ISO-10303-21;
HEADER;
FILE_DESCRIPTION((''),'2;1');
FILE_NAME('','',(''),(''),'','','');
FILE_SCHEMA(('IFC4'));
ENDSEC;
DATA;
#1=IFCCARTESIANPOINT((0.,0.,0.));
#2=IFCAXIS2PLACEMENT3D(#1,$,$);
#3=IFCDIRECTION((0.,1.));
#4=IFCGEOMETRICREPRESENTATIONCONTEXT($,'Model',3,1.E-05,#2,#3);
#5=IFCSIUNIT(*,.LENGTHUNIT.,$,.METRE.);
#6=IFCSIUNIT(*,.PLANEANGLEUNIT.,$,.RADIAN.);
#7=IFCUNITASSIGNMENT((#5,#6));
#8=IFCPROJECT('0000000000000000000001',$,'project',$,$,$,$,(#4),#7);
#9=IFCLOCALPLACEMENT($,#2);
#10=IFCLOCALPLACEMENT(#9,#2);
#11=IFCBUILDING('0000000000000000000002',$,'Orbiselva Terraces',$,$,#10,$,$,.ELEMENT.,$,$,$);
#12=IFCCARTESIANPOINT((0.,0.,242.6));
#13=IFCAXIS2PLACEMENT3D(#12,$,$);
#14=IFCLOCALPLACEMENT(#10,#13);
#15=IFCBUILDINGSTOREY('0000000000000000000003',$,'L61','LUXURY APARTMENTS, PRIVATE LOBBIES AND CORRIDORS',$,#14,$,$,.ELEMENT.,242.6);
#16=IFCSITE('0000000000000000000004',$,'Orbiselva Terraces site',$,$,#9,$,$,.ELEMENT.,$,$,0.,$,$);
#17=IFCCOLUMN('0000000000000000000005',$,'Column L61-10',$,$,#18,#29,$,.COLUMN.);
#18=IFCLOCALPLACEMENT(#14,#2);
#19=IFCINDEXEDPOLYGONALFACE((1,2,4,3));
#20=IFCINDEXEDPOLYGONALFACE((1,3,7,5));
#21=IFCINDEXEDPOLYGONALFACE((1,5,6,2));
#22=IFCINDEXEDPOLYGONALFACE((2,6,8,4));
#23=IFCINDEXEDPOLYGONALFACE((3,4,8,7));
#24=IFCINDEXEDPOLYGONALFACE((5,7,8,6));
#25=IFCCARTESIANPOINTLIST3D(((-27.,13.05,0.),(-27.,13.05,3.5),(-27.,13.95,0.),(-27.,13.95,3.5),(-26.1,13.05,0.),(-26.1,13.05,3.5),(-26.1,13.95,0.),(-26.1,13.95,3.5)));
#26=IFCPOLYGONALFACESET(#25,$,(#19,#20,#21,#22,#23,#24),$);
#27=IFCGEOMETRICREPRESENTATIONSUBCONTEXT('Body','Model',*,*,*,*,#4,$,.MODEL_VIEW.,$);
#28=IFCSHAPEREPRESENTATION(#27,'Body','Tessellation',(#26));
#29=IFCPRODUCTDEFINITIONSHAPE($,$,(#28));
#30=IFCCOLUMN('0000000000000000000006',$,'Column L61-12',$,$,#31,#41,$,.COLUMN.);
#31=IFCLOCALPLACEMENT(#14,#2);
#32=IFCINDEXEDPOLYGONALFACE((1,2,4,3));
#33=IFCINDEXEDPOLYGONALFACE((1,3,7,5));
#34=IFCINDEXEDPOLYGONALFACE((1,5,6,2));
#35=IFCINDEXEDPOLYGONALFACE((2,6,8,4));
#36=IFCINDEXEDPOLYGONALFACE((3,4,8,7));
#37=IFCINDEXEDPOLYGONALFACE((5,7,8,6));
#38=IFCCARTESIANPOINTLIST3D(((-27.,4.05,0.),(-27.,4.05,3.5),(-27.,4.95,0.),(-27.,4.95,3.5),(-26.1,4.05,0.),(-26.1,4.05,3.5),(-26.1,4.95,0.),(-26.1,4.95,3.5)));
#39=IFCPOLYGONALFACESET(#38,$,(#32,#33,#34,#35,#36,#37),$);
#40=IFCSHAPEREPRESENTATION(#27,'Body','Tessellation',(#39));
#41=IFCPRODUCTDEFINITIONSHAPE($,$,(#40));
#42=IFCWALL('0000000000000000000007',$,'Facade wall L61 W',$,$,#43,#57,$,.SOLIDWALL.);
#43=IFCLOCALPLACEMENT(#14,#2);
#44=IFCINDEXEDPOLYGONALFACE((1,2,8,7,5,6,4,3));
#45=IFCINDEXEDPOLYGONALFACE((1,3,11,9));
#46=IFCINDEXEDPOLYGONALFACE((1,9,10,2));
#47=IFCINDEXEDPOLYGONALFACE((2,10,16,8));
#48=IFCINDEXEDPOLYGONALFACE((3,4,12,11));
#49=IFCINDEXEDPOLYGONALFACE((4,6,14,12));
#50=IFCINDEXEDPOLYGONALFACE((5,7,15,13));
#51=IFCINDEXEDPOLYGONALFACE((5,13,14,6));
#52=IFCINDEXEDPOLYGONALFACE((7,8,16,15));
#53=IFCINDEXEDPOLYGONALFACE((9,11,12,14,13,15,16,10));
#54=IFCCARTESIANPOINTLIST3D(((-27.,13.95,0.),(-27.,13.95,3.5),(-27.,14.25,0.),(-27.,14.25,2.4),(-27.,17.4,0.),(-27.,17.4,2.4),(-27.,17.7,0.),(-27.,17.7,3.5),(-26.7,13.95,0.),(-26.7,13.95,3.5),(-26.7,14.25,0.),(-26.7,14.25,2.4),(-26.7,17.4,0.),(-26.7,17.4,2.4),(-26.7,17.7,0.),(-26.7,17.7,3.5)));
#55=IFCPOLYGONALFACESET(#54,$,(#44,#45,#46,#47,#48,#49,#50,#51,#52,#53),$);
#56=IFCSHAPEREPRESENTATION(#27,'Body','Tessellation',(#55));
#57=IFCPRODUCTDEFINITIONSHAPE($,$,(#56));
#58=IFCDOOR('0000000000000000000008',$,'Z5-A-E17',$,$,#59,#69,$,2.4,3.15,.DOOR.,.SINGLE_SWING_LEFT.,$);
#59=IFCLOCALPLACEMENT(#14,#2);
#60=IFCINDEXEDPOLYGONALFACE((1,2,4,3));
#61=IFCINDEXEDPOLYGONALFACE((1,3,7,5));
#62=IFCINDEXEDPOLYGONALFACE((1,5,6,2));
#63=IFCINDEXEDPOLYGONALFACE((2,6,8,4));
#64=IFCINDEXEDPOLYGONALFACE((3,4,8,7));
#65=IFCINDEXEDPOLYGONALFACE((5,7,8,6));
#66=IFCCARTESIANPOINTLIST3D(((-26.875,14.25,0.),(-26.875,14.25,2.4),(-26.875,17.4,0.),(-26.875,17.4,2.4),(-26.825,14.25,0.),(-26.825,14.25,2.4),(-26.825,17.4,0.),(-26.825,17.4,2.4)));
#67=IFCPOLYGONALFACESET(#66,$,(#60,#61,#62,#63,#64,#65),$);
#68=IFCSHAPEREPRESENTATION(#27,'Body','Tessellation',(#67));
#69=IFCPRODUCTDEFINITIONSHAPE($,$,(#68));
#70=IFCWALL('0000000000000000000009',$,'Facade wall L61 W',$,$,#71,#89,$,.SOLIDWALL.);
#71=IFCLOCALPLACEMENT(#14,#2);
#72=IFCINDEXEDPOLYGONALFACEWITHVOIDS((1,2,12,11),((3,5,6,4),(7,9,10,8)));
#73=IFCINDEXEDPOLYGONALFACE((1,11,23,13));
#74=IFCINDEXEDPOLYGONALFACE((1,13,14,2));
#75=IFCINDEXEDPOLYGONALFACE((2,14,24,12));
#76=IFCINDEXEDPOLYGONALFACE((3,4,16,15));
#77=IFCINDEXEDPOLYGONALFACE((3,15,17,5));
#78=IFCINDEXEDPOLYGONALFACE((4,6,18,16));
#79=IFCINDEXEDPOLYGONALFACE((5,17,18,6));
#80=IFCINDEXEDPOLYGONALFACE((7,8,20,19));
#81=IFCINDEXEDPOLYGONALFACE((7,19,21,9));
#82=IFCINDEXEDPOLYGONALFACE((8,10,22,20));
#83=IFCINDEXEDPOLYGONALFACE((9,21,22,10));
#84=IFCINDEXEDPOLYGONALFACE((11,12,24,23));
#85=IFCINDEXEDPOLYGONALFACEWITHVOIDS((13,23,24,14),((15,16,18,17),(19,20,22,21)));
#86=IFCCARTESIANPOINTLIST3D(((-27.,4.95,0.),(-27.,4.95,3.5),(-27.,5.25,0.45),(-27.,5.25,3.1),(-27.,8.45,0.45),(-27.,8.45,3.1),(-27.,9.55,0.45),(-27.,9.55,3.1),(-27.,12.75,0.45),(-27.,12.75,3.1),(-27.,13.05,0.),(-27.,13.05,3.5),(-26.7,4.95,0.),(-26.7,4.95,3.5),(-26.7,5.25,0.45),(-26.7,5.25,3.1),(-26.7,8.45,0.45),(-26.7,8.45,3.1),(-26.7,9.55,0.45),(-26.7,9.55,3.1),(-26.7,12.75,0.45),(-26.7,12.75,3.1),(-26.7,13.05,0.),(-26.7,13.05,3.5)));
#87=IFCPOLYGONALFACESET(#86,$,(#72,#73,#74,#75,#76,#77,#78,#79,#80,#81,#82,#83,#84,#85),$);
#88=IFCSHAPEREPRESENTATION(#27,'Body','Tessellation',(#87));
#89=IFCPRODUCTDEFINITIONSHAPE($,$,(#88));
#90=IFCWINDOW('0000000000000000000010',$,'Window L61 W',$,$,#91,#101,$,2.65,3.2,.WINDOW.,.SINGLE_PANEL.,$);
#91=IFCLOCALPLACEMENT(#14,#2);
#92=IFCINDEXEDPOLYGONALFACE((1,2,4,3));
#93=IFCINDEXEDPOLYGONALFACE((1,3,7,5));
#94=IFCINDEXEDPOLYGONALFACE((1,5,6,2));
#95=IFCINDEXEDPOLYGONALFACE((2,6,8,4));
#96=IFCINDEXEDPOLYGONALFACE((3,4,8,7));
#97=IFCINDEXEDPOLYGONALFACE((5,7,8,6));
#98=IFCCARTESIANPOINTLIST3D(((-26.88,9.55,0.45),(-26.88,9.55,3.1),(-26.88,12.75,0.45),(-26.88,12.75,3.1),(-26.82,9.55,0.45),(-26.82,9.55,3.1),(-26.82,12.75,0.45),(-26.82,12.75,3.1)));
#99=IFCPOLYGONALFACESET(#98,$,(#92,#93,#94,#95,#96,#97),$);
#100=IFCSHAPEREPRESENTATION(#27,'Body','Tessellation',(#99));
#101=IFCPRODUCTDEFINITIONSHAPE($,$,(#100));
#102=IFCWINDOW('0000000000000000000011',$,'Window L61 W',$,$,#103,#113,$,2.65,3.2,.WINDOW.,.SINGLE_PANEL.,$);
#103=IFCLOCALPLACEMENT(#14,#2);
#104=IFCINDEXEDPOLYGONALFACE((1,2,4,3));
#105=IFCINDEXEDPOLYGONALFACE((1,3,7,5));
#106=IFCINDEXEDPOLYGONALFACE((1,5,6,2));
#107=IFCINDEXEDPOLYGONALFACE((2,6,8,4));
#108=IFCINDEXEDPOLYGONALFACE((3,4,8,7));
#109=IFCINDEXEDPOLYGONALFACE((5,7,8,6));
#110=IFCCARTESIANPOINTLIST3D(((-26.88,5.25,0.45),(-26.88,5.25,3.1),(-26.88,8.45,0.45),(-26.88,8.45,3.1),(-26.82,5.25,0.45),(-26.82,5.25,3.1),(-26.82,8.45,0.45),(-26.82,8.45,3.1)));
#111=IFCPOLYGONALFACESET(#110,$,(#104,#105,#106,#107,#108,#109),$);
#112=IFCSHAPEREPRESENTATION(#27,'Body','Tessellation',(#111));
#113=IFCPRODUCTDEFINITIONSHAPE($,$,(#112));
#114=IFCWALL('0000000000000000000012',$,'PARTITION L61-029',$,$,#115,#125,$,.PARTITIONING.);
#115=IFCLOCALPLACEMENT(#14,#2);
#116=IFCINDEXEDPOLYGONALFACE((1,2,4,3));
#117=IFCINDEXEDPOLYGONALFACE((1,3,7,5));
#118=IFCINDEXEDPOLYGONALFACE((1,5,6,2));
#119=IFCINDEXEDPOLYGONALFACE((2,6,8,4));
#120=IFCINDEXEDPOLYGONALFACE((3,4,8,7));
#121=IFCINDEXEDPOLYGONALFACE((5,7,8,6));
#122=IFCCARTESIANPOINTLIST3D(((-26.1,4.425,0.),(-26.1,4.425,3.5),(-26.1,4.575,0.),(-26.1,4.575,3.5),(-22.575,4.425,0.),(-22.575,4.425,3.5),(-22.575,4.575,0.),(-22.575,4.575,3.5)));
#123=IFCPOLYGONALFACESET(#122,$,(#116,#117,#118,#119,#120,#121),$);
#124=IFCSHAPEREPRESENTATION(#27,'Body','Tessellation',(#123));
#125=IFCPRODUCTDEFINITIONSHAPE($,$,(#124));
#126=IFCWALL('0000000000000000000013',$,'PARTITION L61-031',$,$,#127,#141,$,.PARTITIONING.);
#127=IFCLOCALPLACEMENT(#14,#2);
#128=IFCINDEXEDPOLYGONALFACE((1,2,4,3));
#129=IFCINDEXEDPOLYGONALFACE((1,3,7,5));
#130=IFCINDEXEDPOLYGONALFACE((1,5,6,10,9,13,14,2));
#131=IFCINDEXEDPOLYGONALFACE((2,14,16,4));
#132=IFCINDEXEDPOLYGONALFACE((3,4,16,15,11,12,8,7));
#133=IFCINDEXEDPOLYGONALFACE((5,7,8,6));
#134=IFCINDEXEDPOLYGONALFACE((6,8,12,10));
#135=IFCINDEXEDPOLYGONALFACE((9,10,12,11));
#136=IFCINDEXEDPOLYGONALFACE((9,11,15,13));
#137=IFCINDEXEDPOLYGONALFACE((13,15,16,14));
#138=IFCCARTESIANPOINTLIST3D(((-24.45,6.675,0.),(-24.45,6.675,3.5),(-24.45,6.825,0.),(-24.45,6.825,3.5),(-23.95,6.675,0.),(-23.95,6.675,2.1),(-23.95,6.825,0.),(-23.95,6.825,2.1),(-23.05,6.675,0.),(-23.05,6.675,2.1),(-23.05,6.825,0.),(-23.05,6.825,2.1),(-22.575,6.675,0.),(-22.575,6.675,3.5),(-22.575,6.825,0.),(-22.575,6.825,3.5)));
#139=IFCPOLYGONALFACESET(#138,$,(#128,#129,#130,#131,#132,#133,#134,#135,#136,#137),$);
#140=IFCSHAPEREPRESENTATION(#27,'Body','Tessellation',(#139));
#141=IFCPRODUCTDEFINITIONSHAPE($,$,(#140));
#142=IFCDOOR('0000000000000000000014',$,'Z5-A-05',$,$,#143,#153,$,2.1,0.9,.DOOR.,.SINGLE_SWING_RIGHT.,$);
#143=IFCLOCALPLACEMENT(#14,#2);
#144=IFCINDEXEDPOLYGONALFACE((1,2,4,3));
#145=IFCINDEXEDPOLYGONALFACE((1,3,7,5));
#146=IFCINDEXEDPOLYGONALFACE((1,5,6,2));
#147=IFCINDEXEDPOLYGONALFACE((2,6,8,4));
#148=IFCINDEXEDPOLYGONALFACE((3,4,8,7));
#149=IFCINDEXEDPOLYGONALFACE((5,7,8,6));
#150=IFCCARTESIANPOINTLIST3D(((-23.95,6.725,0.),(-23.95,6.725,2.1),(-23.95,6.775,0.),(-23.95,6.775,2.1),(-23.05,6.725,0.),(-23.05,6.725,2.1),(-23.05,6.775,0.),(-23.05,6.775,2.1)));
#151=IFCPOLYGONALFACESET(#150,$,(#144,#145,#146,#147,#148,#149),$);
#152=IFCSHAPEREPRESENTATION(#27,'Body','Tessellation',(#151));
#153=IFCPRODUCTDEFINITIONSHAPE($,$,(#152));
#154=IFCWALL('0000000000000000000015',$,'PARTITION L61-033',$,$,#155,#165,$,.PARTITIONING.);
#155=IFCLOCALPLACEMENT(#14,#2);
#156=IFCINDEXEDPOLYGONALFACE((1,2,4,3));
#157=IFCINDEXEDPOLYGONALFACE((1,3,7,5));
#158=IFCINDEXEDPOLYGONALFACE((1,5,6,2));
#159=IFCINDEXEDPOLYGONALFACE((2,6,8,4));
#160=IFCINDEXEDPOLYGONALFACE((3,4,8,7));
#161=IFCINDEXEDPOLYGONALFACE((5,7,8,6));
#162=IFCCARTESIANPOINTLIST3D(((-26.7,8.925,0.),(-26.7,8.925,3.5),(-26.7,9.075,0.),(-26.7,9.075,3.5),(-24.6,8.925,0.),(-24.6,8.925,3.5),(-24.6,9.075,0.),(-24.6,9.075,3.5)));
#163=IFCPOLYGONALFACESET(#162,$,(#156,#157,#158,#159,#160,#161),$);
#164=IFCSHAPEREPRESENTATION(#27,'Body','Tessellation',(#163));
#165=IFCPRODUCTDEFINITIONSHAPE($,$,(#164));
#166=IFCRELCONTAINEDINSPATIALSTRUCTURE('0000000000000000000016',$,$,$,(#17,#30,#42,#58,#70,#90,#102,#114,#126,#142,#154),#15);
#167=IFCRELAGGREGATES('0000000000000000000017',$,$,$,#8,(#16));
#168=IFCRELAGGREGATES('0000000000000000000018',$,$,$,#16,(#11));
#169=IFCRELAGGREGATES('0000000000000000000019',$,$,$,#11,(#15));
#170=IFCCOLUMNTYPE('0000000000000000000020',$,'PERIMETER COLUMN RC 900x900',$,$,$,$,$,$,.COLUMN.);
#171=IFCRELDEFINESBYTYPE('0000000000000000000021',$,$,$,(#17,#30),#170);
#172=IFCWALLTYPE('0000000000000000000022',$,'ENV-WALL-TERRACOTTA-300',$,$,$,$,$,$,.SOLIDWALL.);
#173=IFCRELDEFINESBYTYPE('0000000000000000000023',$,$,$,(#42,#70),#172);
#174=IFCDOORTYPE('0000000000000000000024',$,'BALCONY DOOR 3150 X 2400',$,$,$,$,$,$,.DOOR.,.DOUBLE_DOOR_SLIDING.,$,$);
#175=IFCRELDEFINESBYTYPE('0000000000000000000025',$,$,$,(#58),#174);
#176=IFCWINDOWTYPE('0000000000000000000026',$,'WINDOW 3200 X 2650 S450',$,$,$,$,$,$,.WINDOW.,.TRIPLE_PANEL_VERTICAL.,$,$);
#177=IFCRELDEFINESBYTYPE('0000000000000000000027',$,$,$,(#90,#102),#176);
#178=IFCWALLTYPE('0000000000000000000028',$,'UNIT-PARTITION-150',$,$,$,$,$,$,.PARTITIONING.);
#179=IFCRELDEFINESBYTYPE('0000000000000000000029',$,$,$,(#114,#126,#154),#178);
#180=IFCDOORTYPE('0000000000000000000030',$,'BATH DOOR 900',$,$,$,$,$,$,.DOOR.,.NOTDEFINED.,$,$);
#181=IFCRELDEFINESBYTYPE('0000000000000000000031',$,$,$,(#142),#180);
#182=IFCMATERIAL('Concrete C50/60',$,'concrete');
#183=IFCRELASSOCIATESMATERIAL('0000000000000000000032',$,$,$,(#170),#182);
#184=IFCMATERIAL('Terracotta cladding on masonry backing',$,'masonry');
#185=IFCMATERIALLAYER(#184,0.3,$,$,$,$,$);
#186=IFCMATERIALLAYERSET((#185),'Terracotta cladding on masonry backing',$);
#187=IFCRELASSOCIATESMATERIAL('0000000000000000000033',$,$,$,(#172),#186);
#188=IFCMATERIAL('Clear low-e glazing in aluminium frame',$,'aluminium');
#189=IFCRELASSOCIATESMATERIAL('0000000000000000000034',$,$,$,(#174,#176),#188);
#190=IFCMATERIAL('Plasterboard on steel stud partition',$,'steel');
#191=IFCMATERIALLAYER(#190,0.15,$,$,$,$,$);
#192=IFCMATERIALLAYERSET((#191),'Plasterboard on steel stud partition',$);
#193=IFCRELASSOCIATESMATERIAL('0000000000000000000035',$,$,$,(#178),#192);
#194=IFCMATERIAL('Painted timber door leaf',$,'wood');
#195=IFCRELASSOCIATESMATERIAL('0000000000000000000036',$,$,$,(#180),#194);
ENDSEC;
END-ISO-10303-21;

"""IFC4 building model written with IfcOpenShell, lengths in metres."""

from ifc_helpers import new_model, si_unit, direction, frame, frame_2d, origin, origin_2d, place, context, subcontext, project, spatial, rectangle, extrude, material, layer, layer_set, material_profile, profile_set, type_object, element, fill, save


model = new_model("IFC4")

# Units and contexts
model_context = context("Model", 3, precision=1e-05, world=origin(), true_north=direction((0.0, 1.0)))
body_context = subcontext(model_context, "Body", "Model", "MODEL_VIEW")
ifc_project = project(units=[si_unit("LENGTHUNIT", "METRE"), si_unit("PLANEANGLEUNIT", "RADIAN")], contexts=[model_context])

# Site, building, storey
site_placement = place(None, origin())
site = spatial("IfcSite", under=ifc_project, at=site_placement, Name="Orbiselva Terraces site", CompositionType="ELEMENT", RefElevation=0.0)
building_placement = place(site_placement, origin())
building = spatial("IfcBuilding", under=site, at=building_placement, Name="Orbiselva Terraces", CompositionType="ELEMENT")
storey_placement = place(building_placement, frame((0.0, 0.0, 242.6)))
storey = spatial("IfcBuildingStorey", under=building, at=storey_placement, Name="L61", Description="LUXURY APARTMENTS, PRIVATE LOBBIES AND CORRIDORS", CompositionType="ELEMENT", Elevation=242.6)

# Columns
ifc_material_1 = material(Name="Concrete C50/60", Category="concrete")
ifc_material_profile = material_profile(ifc_material_1, rectangle(XDim=0.9, YDim=0.9, at=origin_2d()), Name="RC 900x900")
ifc_profile_set = profile_set([ifc_material_profile], Name="Concrete C50/60")
column_type = type_object("IfcColumnType", Name="PERIMETER COLUMN RC 900x900", PredefinedType="COLUMN", material=ifc_profile_set)
for number, where, z_axis, x_axis, name in (
    (1, (-26.55, 13.5, 0.0), (0.0, 0.0, 1.0), (1.0, 0.0, 0.0), "Column L61-10"),
    (2, (-26.55, 4.5, 0.0), (0.0, 0.0, 1.0), (1.0, 0.0, 0.0), "Column L61-12"),
):
    element("IfcColumn", number, at=place(storey_placement, frame(where, z_axis=z_axis, x_axis=x_axis)), inside=storey, type_object=column_type, Name=name, PredefinedType="COLUMN", context=body_context, shape_type="SweptSolid", body=[
        extrude(rectangle(XDim=0.9, YDim=0.9, at=origin_2d()), origin(), (0.0, 0.0, 1.0), 3.5),
    ])

# Wall, opening, door
ifc_material_2 = material(Name="Terracotta cladding on masonry backing", Category="masonry")
ifc_layer_1 = layer(ifc_material_2, 0.3)
ifc_layer_set_1 = layer_set([ifc_layer_1], Name="Terracotta cladding on masonry backing")
wall_type_1 = type_object("IfcWallType", Name="ENV-WALL-TERRACOTTA-300", PredefinedType="SOLIDWALL", material=ifc_layer_set_1)
wall_1_placement = place(storey_placement, frame((-26.85, 13.95, 0.0), z_axis=(0.0, 0.0, 1.0), x_axis=(0.0, 1.0, 0.0)))
wall_1 = element("IfcWall", 3, at=wall_1_placement, inside=storey, type_object=wall_type_1, Name="Facade wall L61 W", PredefinedType="SOLIDWALL", context=body_context, shape_type="SweptSolid", body=[
    extrude(rectangle(XDim=3.75, YDim=0.3, at=frame_2d((1.875, 0.0))), origin(), (0.0, 0.0, 1.0), 3.5),
])
opening_1_placement = place(wall_1_placement, frame((0.3, 0.0, 0.0)))
opening_1 = element("IfcOpeningElement", 4, at=opening_1_placement, cuts=wall_1, PredefinedType="OPENING", context=body_context, shape_type="SweptSolid", body=[
    extrude(rectangle(XDim=3.15, YDim=2.4, at=frame_2d((1.575, 1.2))), frame((0.0, 0.16, 0.0), z_axis=(0.0, -1.0, 0.0), x_axis=(1.0, 0.0, 0.0)), (0.0, 0.0, 1.0), 0.32),
])
ifc_material_3 = material(Name="Clear low-e glazing in aluminium frame", Category="aluminium")
door_type_1 = type_object("IfcDoorType", Name="BALCONY DOOR 3150 X 2400", OperationType="DOUBLE_DOOR_SLIDING", PredefinedType="DOOR", material=ifc_material_3)
door_1_placement = place(opening_1_placement, origin())
door_1 = element("IfcDoor", 5, at=door_1_placement, inside=storey, type_object=door_type_1, Name="Z5-A-E17", OperationType="SINGLE_SWING_LEFT", OverallHeight=2.4, OverallWidth=3.15, PredefinedType="DOOR", context=body_context, shape_type="SweptSolid", body=[
    extrude(rectangle(XDim=3.15, YDim=2.4, at=frame_2d((1.575, 1.2))), frame((0.0, 0.025, 0.0), z_axis=(0.0, -1.0, 0.0), x_axis=(1.0, 0.0, 0.0)), (0.0, 0.0, 1.0), 0.05),
])
fill(opening_1, door_1)

# Wall, openings, windows
wall_2_placement = place(storey_placement, frame((-26.85, 4.95, 0.0), z_axis=(0.0, 0.0, 1.0), x_axis=(0.0, 1.0, 0.0)))
wall_2 = element("IfcWall", 6, at=wall_2_placement, inside=storey, type_object=wall_type_1, Name="Facade wall L61 W", PredefinedType="SOLIDWALL", context=body_context, shape_type="SweptSolid", body=[
    extrude(rectangle(XDim=8.1, YDim=0.3, at=frame_2d((4.05, 0.0))), origin(), (0.0, 0.0, 1.0), 3.5),
])
opening_2_placement = place(wall_2_placement, frame((4.6, 0.0, 0.45)))
opening_2 = element("IfcOpeningElement", 7, at=opening_2_placement, cuts=wall_2, PredefinedType="OPENING", context=body_context, shape_type="SweptSolid", body=[
    extrude(rectangle(XDim=3.2, YDim=2.65, at=frame_2d((1.6, 1.325))), frame((0.0, 0.16, 0.0), z_axis=(0.0, -1.0, 0.0), x_axis=(1.0, 0.0, 0.0)), (0.0, 0.0, 1.0), 0.32),
])
opening_3_placement = place(wall_2_placement, frame((0.3, 0.0, 0.45)))
opening_3 = element("IfcOpeningElement", 8, at=opening_3_placement, cuts=wall_2, PredefinedType="OPENING", context=body_context, shape_type="SweptSolid", body=[
    extrude(rectangle(XDim=3.2, YDim=2.65, at=frame_2d((1.6, 1.325))), frame((0.0, 0.16, 0.0), z_axis=(0.0, -1.0, 0.0), x_axis=(1.0, 0.0, 0.0)), (0.0, 0.0, 1.0), 0.32),
])
window_type = type_object("IfcWindowType", Name="WINDOW 3200 X 2650 S450", PartitioningType="TRIPLE_PANEL_VERTICAL", PredefinedType="WINDOW", material=ifc_material_3)
window_1_placement = place(opening_2_placement, origin())
window_1 = element("IfcWindow", 9, at=window_1_placement, inside=storey, type_object=window_type, Name="Window L61 W", OverallHeight=2.65, OverallWidth=3.2, PartitioningType="SINGLE_PANEL", PredefinedType="WINDOW", context=body_context, shape_type="SweptSolid", body=[
    extrude(rectangle(XDim=3.2, YDim=2.65, at=frame_2d((1.6, 1.325))), frame((0.0, 0.03, 0.0), z_axis=(0.0, -1.0, 0.0), x_axis=(1.0, 0.0, 0.0)), (0.0, 0.0, 1.0), 0.06),
])
fill(opening_2, window_1)
window_2_placement = place(opening_3_placement, origin())
window_2 = element("IfcWindow", 10, at=window_2_placement, inside=storey, type_object=window_type, Name="Window L61 W", OverallHeight=2.65, OverallWidth=3.2, PartitioningType="SINGLE_PANEL", PredefinedType="WINDOW", context=body_context, shape_type="SweptSolid", body=[
    extrude(rectangle(XDim=3.2, YDim=2.65, at=frame_2d((1.6, 1.325))), frame((0.0, 0.03, 0.0), z_axis=(0.0, -1.0, 0.0), x_axis=(1.0, 0.0, 0.0)), (0.0, 0.0, 1.0), 0.06),
])
fill(opening_3, window_2)

# Wall
ifc_material_4 = material(Name="Plasterboard on steel stud partition", Category="steel")
ifc_layer_2 = layer(ifc_material_4, 0.15)
ifc_layer_set_2 = layer_set([ifc_layer_2], Name="Plasterboard on steel stud partition")
wall_type_2 = type_object("IfcWallType", Name="UNIT-PARTITION-150", PredefinedType="PARTITIONING", material=ifc_layer_set_2)
wall_3_placement = place(storey_placement, frame((-26.1, 4.5, 0.0), z_axis=(0.0, 0.0, 1.0), x_axis=(1.0, 0.0, 0.0)))
element("IfcWall", 11, at=wall_3_placement, inside=storey, type_object=wall_type_2, Name="PARTITION L61-029", PredefinedType="PARTITIONING", context=body_context, shape_type="SweptSolid", body=[
    extrude(rectangle(XDim=3.525, YDim=0.15, at=frame_2d((1.7625, 0.0))), origin(), (0.0, 0.0, 1.0), 3.5),
])

# Wall, opening, door
wall_4_placement = place(storey_placement, frame((-24.45, 6.75, 0.0), z_axis=(0.0, 0.0, 1.0), x_axis=(1.0, 0.0, 0.0)))
wall_4 = element("IfcWall", 12, at=wall_4_placement, inside=storey, type_object=wall_type_2, Name="PARTITION L61-031", PredefinedType="PARTITIONING", context=body_context, shape_type="SweptSolid", body=[
    extrude(rectangle(XDim=1.875, YDim=0.15, at=frame_2d((0.9375, 0.0))), origin(), (0.0, 0.0, 1.0), 3.5),
])
opening_4_placement = place(wall_4_placement, frame((0.5, 0.0, 0.0)))
opening_4 = element("IfcOpeningElement", 13, at=opening_4_placement, cuts=wall_4, PredefinedType="OPENING", context=body_context, shape_type="SweptSolid", body=[
    extrude(rectangle(XDim=0.9, YDim=2.1, at=frame_2d((0.45, 1.05))), frame((0.0, 0.085, 0.0), z_axis=(0.0, -1.0, 0.0), x_axis=(1.0, 0.0, 0.0)), (0.0, 0.0, 1.0), 0.17),
])
ifc_material_5 = material(Name="Painted timber door leaf", Category="wood")
door_type_2 = type_object("IfcDoorType", Name="BATH DOOR 900", OperationType="NOTDEFINED", PredefinedType="DOOR", material=ifc_material_5)
door_2_placement = place(opening_4_placement, origin())
door_2 = element("IfcDoor", 14, at=door_2_placement, inside=storey, type_object=door_type_2, Name="Z5-A-05", OperationType="SINGLE_SWING_RIGHT", OverallHeight=2.1, OverallWidth=0.9, PredefinedType="DOOR", context=body_context, shape_type="SweptSolid", body=[
    extrude(rectangle(XDim=0.9, YDim=2.1, at=frame_2d((0.45, 1.05))), frame((0.0, 0.025, 0.0), z_axis=(0.0, -1.0, 0.0), x_axis=(1.0, 0.0, 0.0)), (0.0, 0.0, 1.0), 0.05),
])
fill(opening_4, door_2)

# Wall
wall_5_placement = place(storey_placement, frame((-26.7, 9.0, 0.0), z_axis=(0.0, 0.0, 1.0), x_axis=(1.0, 0.0, 0.0)))
element("IfcWall", 15, at=wall_5_placement, inside=storey, type_object=wall_type_2, Name="PARTITION L61-033", PredefinedType="PARTITIONING", context=body_context, shape_type="SweptSolid", body=[
    extrude(rectangle(XDim=2.1, YDim=0.15, at=frame_2d((1.05, 0.0))), origin(), (0.0, 0.0, 1.0), 3.5),
])

save(model, "model.ifc")
